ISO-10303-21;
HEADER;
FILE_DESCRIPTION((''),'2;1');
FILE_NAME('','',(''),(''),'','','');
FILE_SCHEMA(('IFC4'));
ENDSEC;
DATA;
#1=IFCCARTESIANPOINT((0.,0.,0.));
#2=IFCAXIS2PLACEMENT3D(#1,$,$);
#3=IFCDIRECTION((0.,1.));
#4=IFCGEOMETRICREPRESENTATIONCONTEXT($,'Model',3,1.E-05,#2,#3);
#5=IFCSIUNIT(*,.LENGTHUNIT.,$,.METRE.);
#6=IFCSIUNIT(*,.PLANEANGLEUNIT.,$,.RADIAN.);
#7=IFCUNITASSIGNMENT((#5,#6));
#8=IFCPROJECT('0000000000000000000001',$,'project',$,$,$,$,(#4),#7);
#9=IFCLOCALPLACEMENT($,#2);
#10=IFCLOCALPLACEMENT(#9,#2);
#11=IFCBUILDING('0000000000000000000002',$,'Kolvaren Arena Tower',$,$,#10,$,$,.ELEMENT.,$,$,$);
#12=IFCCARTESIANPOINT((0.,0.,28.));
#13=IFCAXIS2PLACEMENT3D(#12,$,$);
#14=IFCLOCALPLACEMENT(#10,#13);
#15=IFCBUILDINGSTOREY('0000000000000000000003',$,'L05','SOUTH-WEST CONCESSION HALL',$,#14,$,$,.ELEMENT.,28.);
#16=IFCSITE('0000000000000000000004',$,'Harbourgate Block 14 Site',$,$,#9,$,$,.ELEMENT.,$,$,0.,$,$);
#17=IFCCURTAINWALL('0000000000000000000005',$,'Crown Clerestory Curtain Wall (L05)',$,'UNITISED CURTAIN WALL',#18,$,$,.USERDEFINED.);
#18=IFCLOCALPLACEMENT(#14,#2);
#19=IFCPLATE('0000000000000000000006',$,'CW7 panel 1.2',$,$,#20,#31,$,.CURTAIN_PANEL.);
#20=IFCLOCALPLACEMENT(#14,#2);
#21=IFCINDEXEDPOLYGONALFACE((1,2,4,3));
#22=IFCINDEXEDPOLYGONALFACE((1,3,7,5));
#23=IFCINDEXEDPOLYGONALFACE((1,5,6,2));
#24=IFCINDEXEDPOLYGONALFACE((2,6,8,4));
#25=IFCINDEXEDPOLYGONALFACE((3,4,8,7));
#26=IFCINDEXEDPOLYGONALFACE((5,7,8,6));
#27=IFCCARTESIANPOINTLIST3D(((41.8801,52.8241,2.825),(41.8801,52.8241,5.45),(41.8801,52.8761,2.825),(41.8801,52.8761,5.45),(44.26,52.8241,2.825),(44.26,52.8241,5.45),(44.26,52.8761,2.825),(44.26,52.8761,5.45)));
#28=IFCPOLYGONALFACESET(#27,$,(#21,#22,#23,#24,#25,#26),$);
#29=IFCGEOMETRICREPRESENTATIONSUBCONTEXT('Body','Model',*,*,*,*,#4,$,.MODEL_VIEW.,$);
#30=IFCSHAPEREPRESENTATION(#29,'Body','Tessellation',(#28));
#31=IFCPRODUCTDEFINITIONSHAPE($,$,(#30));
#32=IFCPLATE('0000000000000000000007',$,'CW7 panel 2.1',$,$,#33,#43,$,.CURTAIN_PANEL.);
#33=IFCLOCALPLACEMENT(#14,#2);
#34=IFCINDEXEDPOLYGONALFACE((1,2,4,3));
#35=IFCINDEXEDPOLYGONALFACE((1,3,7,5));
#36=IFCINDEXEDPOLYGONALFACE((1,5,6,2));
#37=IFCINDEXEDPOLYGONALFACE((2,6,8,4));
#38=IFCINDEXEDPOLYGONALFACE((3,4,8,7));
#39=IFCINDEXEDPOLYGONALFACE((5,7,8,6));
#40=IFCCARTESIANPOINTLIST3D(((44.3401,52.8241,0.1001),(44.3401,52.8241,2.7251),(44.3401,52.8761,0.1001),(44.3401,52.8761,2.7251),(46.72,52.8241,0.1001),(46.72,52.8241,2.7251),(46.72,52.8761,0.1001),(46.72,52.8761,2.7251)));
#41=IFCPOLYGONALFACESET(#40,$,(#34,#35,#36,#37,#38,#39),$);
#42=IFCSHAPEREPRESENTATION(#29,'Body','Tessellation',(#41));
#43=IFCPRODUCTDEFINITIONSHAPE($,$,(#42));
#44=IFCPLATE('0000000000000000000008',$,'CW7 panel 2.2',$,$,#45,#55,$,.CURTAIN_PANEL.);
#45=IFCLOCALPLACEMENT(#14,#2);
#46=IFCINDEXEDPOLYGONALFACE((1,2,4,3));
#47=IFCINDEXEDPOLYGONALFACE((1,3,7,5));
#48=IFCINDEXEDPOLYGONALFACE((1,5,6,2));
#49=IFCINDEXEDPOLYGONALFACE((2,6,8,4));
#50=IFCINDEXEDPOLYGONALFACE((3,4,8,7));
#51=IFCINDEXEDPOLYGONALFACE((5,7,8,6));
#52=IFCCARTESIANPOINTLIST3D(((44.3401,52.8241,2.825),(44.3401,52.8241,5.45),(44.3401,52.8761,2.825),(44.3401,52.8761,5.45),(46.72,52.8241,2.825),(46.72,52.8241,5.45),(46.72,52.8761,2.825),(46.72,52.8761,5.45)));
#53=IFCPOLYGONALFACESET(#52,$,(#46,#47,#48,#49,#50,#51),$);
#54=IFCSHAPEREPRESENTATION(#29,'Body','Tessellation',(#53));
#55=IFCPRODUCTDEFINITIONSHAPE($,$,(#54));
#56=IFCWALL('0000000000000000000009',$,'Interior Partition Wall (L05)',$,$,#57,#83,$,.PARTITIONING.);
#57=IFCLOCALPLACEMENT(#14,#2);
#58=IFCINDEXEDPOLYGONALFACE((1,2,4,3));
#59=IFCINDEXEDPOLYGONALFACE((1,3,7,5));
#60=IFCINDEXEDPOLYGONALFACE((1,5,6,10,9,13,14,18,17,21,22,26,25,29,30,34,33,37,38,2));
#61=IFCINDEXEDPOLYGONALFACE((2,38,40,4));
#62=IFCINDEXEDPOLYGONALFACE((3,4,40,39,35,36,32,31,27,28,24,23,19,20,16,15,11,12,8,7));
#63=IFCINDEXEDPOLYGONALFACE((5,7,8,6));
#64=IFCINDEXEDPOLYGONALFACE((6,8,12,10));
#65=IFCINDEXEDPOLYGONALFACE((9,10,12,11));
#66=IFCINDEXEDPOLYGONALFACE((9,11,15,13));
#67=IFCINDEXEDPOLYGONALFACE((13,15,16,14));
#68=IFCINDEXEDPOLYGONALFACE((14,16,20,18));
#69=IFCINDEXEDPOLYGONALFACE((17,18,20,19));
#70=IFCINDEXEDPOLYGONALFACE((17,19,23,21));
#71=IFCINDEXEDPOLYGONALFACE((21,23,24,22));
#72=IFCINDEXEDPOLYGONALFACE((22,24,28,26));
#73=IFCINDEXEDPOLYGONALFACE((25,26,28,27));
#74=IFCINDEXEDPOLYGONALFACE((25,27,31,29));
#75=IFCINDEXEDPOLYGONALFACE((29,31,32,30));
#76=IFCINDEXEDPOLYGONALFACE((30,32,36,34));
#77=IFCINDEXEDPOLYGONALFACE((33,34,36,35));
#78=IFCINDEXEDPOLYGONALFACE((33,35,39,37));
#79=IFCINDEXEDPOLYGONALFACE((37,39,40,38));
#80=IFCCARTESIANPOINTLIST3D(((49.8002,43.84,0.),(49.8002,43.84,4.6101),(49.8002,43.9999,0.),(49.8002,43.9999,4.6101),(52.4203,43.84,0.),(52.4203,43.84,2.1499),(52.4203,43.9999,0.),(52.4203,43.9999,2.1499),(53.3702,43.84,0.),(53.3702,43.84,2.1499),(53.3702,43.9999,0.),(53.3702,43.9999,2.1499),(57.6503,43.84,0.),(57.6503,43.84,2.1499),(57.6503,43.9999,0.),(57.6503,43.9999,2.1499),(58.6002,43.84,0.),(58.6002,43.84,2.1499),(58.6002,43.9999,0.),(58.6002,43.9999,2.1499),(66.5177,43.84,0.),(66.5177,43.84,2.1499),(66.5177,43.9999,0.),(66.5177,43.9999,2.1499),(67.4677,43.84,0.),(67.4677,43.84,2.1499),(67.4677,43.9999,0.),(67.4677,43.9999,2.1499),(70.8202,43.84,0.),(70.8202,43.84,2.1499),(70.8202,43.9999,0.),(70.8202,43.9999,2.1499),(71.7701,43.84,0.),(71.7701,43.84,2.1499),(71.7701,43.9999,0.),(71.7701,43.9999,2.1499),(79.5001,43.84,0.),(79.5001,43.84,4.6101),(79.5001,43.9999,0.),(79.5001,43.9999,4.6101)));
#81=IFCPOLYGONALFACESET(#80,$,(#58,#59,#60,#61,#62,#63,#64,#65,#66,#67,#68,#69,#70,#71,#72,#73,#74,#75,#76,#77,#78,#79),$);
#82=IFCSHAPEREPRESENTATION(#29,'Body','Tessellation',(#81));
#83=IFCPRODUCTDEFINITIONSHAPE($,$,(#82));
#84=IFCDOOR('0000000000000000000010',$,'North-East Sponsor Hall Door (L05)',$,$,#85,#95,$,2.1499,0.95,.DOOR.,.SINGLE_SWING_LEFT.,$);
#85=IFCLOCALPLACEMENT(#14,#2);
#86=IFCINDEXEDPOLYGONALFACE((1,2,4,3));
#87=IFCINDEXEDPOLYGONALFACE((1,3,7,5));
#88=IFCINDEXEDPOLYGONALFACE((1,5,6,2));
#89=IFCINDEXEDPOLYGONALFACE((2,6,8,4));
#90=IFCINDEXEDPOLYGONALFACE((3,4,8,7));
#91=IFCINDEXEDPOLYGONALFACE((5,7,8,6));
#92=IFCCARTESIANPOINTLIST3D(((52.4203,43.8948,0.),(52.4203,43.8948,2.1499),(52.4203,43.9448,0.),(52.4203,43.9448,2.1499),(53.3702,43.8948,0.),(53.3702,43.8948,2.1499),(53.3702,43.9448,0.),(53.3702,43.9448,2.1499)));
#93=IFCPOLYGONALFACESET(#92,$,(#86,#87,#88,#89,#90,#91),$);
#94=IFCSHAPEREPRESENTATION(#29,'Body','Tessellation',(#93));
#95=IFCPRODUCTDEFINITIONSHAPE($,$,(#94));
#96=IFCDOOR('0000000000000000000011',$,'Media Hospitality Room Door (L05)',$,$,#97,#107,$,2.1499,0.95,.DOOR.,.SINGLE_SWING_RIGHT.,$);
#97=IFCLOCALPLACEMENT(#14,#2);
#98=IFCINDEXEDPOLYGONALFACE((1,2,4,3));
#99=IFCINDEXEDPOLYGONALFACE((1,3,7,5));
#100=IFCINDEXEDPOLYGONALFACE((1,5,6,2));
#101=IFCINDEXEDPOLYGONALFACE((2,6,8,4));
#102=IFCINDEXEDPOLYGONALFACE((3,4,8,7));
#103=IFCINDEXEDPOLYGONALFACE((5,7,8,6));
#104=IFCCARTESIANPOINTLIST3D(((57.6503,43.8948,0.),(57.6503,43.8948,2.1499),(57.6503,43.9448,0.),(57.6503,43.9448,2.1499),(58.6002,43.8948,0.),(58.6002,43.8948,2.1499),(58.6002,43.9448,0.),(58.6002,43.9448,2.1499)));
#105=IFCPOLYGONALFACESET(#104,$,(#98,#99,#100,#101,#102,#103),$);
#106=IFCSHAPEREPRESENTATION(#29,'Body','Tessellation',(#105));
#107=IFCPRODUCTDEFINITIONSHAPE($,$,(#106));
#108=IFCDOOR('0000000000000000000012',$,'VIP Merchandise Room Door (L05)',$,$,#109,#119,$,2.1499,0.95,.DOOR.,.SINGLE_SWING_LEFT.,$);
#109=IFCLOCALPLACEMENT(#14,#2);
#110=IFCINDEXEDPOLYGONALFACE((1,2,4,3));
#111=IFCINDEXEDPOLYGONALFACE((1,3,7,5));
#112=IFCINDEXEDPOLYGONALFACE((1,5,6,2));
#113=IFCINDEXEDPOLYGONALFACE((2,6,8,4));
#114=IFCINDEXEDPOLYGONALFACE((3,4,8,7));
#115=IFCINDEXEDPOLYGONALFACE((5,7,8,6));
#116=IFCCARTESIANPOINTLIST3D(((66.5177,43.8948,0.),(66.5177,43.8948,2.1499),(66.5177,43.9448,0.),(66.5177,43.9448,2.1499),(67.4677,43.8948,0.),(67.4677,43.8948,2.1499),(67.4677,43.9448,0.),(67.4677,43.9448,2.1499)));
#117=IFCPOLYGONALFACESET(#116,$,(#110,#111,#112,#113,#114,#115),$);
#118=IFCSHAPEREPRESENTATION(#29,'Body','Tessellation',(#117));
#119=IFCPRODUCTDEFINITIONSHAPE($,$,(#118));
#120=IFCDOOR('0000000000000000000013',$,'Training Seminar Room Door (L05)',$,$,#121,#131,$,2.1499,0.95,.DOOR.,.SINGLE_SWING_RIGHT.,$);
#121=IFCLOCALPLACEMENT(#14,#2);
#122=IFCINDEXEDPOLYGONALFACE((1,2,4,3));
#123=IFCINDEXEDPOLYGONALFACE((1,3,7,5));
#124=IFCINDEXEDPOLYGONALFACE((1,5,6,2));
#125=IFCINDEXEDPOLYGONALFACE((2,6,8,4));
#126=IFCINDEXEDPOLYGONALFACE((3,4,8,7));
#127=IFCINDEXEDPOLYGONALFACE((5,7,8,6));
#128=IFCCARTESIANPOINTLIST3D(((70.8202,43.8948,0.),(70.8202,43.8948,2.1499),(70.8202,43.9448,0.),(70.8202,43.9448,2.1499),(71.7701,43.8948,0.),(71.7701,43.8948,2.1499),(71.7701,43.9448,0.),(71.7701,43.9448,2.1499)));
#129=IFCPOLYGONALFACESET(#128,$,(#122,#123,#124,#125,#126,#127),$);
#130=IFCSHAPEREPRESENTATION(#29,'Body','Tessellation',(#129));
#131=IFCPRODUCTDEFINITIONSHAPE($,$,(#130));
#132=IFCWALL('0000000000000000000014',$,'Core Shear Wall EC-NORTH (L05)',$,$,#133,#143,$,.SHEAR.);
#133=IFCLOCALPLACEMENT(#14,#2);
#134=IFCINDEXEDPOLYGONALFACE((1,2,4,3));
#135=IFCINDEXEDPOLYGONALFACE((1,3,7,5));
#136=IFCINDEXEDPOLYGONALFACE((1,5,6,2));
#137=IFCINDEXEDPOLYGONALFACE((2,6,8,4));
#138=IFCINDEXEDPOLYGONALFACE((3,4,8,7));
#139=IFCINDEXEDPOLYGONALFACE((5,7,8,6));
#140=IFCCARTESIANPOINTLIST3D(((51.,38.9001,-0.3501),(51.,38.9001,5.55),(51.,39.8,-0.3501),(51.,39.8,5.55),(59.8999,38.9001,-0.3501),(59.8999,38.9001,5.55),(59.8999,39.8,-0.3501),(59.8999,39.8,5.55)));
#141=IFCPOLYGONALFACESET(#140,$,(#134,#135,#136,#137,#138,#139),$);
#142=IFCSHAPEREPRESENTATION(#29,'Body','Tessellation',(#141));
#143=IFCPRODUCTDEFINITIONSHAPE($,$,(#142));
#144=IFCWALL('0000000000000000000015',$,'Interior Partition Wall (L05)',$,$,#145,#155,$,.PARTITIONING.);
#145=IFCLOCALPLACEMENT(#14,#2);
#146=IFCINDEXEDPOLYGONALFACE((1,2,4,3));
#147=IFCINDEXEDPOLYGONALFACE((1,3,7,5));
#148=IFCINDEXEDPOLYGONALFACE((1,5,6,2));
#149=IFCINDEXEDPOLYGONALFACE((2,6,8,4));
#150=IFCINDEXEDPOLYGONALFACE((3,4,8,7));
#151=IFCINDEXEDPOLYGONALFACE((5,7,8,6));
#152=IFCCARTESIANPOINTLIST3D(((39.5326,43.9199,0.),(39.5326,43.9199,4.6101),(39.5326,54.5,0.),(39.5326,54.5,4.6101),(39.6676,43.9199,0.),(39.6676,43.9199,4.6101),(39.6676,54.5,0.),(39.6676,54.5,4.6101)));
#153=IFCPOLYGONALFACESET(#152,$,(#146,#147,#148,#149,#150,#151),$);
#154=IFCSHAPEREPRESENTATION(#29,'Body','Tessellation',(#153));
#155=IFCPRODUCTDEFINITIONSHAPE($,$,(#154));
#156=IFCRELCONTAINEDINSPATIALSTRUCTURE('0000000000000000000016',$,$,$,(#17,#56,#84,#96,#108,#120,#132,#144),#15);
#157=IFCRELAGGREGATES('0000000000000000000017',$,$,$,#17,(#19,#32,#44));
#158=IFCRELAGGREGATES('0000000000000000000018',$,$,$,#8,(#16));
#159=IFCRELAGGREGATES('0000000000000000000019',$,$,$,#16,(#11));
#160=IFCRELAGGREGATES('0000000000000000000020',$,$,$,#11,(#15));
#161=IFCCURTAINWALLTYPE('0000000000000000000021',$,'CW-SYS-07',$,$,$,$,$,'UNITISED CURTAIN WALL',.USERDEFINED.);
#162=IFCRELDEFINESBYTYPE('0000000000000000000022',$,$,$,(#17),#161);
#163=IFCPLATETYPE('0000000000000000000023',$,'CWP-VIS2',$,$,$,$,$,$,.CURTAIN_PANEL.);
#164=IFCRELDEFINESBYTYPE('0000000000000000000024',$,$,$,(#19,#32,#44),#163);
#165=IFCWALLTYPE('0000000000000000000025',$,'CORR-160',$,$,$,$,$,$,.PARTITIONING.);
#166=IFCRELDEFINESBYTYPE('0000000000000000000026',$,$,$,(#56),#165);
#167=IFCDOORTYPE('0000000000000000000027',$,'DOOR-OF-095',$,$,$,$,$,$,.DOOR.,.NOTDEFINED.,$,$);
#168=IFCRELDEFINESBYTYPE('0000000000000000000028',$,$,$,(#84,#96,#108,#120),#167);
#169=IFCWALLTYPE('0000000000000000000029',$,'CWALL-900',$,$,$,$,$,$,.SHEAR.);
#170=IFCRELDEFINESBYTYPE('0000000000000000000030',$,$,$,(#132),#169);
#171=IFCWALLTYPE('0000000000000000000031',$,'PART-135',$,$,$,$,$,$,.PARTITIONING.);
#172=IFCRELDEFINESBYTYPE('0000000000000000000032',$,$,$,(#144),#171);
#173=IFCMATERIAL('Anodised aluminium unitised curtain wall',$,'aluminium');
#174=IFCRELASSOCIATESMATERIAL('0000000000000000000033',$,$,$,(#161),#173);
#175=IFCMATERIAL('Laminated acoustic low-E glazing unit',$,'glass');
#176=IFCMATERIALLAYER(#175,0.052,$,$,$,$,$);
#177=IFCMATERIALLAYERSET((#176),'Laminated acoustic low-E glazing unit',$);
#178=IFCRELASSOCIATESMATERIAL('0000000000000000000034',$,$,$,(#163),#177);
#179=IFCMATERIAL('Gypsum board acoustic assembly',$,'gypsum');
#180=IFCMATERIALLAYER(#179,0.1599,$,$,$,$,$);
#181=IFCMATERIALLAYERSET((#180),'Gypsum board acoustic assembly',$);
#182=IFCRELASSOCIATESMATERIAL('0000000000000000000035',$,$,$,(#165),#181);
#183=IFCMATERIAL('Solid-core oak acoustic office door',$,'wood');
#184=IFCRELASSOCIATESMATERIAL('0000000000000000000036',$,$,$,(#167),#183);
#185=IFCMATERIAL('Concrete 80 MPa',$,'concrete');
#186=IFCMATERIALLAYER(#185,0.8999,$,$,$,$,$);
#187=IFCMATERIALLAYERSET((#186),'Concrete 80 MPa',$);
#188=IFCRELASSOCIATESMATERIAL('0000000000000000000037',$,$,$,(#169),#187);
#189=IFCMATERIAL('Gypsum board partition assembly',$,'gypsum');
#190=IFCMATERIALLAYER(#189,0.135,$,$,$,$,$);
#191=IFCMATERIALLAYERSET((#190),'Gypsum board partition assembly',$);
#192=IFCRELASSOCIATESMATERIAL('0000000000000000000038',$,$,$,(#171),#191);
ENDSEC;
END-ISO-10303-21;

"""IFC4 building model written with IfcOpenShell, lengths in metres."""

from ifc_helpers import new_model, si_unit, direction, frame, frame_2d, origin, origin_2d, place, context, subcontext, project, spatial, rectangle, extrude, material, layer, layer_set, type_object, element, fill, aggregate, save


model = new_model("IFC4")

# Units and contexts
model_context = context("Model", 3, precision=1e-05, world=origin(), true_north=direction((0.0, 1.0)))
body_context = subcontext(model_context, "Body", "Model", "MODEL_VIEW")
ifc_project = project(units=[si_unit("LENGTHUNIT", "METRE"), si_unit("PLANEANGLEUNIT", "RADIAN")], contexts=[model_context])

# Site, building, storey
site_placement = place(None, origin())
site = spatial("IfcSite", under=ifc_project, at=site_placement, Name="Harbourgate Block 14 Site", CompositionType="ELEMENT", RefElevation=0.0)
building_placement = place(site_placement, origin())
building = spatial("IfcBuilding", under=site, at=building_placement, Name="Kolvaren Arena Tower", CompositionType="ELEMENT")
storey_placement = place(building_placement, frame((0.0, 0.0, 28.0)))
storey = spatial("IfcBuildingStorey", under=building, at=storey_placement, Name="L05", Description="SOUTH-WEST CONCESSION HALL", CompositionType="ELEMENT", Elevation=28.0)

# Curtain wall
ifc_material_1 = material(Name="Anodised aluminium unitised curtain wall", Category="aluminium")
curtain_wall_type = type_object("IfcCurtainWallType", Name="CW-SYS-07", ElementType="UNITISED CURTAIN WALL", PredefinedType="USERDEFINED", material=ifc_material_1)
curtain_wall_placement = place(storey_placement, origin())
curtain_wall = element("IfcCurtainWall", 1, at=curtain_wall_placement, inside=storey, type_object=curtain_wall_type, Name="Crown Clerestory Curtain Wall (L05)", ObjectType="UNITISED CURTAIN WALL", PredefinedType="USERDEFINED")

# Plates
ifc_material_2 = material(Name="Laminated acoustic low-E glazing unit", Category="glass")
ifc_layer_1 = layer(ifc_material_2, 0.052)
ifc_layer_set_1 = layer_set([ifc_layer_1], Name="Laminated acoustic low-E glazing unit")
plate_type = type_object("IfcPlateType", Name="CWP-VIS2", PredefinedType="CURTAIN_PANEL", material=ifc_layer_set_1)
plate_1_placement = place(storey_placement, frame((43.0701, 52.8501, 2.825), z_axis=(0.0, 0.0, 1.0), x_axis=(1.0, 0.0, 0.0)))
plate_1 = element("IfcPlate", 2, at=plate_1_placement, type_object=plate_type, Name="CW7 panel 1.2", PredefinedType="CURTAIN_PANEL", context=body_context, shape_type="SweptSolid", body=[
    extrude(rectangle(XDim=2.3799, YDim=0.052, at=origin_2d()), origin(), (0.0, 0.0, 1.0), 2.625),
])
plate_2_placement = place(storey_placement, frame((45.53, 52.8501, 0.1001), z_axis=(0.0, 0.0, 1.0), x_axis=(1.0, 0.0, 0.0)))
plate_2 = element("IfcPlate", 3, at=plate_2_placement, type_object=plate_type, Name="CW7 panel 2.1", PredefinedType="CURTAIN_PANEL", context=body_context, shape_type="SweptSolid", body=[
    extrude(rectangle(XDim=2.3799, YDim=0.052, at=origin_2d()), origin(), (0.0, 0.0, 1.0), 2.625),
])
plate_3_placement = place(storey_placement, frame((45.53, 52.8501, 2.825), z_axis=(0.0, 0.0, 1.0), x_axis=(1.0, 0.0, 0.0)))
plate_3 = element("IfcPlate", 4, at=plate_3_placement, type_object=plate_type, Name="CW7 panel 2.2", PredefinedType="CURTAIN_PANEL", context=body_context, shape_type="SweptSolid", body=[
    extrude(rectangle(XDim=2.3799, YDim=0.052, at=origin_2d()), origin(), (0.0, 0.0, 1.0), 2.625),
])
aggregate(curtain_wall, [plate_1, plate_2, plate_3])

# Wall, openings, doors
ifc_material_3 = material(Name="Gypsum board acoustic assembly", Category="gypsum")
ifc_layer_2 = layer(ifc_material_3, 0.1599)
ifc_layer_set_2 = layer_set([ifc_layer_2], Name="Gypsum board acoustic assembly")
wall_type_1 = type_object("IfcWallType", Name="CORR-160", PredefinedType="PARTITIONING", material=ifc_layer_set_2)
wall_1_placement = place(storey_placement, frame((49.8, 43.9199, 0.0), z_axis=(0.0, 0.0, 1.0), x_axis=(1.0, 0.0, 0.0)))
wall_1 = element("IfcWall", 5, at=wall_1_placement, inside=storey, type_object=wall_type_1, Name="Interior Partition Wall (L05)", PredefinedType="PARTITIONING", context=body_context, shape_type="SweptSolid", body=[
    extrude(rectangle(XDim=29.7, YDim=0.1599, at=frame_2d((14.8501, 0.0))), origin(), (0.0, 0.0, 1.0), 4.6101),
])
opening_1_placement = place(wall_1_placement, frame((2.6201, 0.0, 0.0)))
opening_1 = element("IfcOpeningElement", 6, at=opening_1_placement, cuts=wall_1, PredefinedType="OPENING", context=body_context, shape_type="SweptSolid", body=[
    extrude(rectangle(XDim=0.95, YDim=2.1499, at=frame_2d((0.4751, 1.075))), frame((0.0, 0.0898, 0.0), z_axis=(0.0, -1.0, 0.0), x_axis=(1.0, 0.0, 0.0)), (0.0, 0.0, 1.0), 0.1799),
])
opening_2_placement = place(wall_1_placement, frame((7.8501, 0.0, 0.0)))
opening_2 = element("IfcOpeningElement", 7, at=opening_2_placement, cuts=wall_1, PredefinedType="OPENING", context=body_context, shape_type="SweptSolid", body=[
    extrude(rectangle(XDim=0.95, YDim=2.1499, at=frame_2d((0.4751, 1.075))), frame((0.0, 0.0898, 0.0), z_axis=(0.0, -1.0, 0.0), x_axis=(1.0, 0.0, 0.0)), (0.0, 0.0, 1.0), 0.1799),
])
opening_3_placement = place(wall_1_placement, frame((16.7175, 0.0, 0.0)))
opening_3 = element("IfcOpeningElement", 8, at=opening_3_placement, cuts=wall_1, PredefinedType="OPENING", context=body_context, shape_type="SweptSolid", body=[
    extrude(rectangle(XDim=0.95, YDim=2.1499, at=frame_2d((0.4751, 1.075))), frame((0.0, 0.0898, 0.0), z_axis=(0.0, -1.0, 0.0), x_axis=(1.0, 0.0, 0.0)), (0.0, 0.0, 1.0), 0.1799),
])
opening_4_placement = place(wall_1_placement, frame((21.02, 0.0, 0.0)))
opening_4 = element("IfcOpeningElement", 9, at=opening_4_placement, cuts=wall_1, PredefinedType="OPENING", context=body_context, shape_type="SweptSolid", body=[
    extrude(rectangle(XDim=0.95, YDim=2.1499, at=frame_2d((0.4751, 1.075))), frame((0.0, 0.0898, 0.0), z_axis=(0.0, -1.0, 0.0), x_axis=(1.0, 0.0, 0.0)), (0.0, 0.0, 1.0), 0.1799),
])
ifc_material_4 = material(Name="Solid-core oak acoustic office door", Category="wood")
door_type_1 = type_object("IfcDoorType", Name="DOOR-OF-095", OperationType="NOTDEFINED", PredefinedType="DOOR", material=ifc_material_4)
door_1_placement = place(opening_1_placement, origin())
door_1 = element("IfcDoor", 10, at=door_1_placement, inside=storey, type_object=door_type_1, Name="North-East Sponsor Hall Door (L05)", OperationType="SINGLE_SWING_LEFT", OverallHeight=2.1499, OverallWidth=0.95, PredefinedType="DOOR", context=body_context, shape_type="SweptSolid", body=[
    extrude(rectangle(XDim=0.95, YDim=2.1499, at=frame_2d((0.4751, 1.075))), frame((0.0, 0.0249, 0.0), z_axis=(0.0, -1.0, 0.0), x_axis=(1.0, 0.0, 0.0)), (0.0, 0.0, 1.0), 0.05),
])
fill(opening_1, door_1)
door_2_placement = place(opening_2_placement, origin())
door_2 = element("IfcDoor", 11, at=door_2_placement, inside=storey, type_object=door_type_1, Name="Media Hospitality Room Door (L05)", OperationType="SINGLE_SWING_RIGHT", OverallHeight=2.1499, OverallWidth=0.95, PredefinedType="DOOR", context=body_context, shape_type="SweptSolid", body=[
    extrude(rectangle(XDim=0.95, YDim=2.1499, at=frame_2d((0.4751, 1.075))), frame((0.0, 0.0249, 0.0), z_axis=(0.0, -1.0, 0.0), x_axis=(1.0, 0.0, 0.0)), (0.0, 0.0, 1.0), 0.05),
])
fill(opening_2, door_2)
door_3_placement = place(opening_3_placement, origin())
door_3 = element("IfcDoor", 12, at=door_3_placement, inside=storey, type_object=door_type_1, Name="VIP Merchandise Room Door (L05)", OperationType="SINGLE_SWING_LEFT", OverallHeight=2.1499, OverallWidth=0.95, PredefinedType="DOOR", context=body_context, shape_type="SweptSolid", body=[
    extrude(rectangle(XDim=0.95, YDim=2.1499, at=frame_2d((0.4751, 1.075))), frame((0.0, 0.0249, 0.0), z_axis=(0.0, -1.0, 0.0), x_axis=(1.0, 0.0, 0.0)), (0.0, 0.0, 1.0), 0.05),
])
fill(opening_3, door_3)
door_4_placement = place(opening_4_placement, origin())
door_4 = element("IfcDoor", 13, at=door_4_placement, inside=storey, type_object=door_type_1, Name="Training Seminar Room Door (L05)", OperationType="SINGLE_SWING_RIGHT", OverallHeight=2.1499, OverallWidth=0.95, PredefinedType="DOOR", context=body_context, shape_type="SweptSolid", body=[
    extrude(rectangle(XDim=0.95, YDim=2.1499, at=frame_2d((0.4751, 1.075))), frame((0.0, 0.0249, 0.0), z_axis=(0.0, -1.0, 0.0), x_axis=(1.0, 0.0, 0.0)), (0.0, 0.0, 1.0), 0.05),
])
fill(opening_4, door_4)

# Walls
ifc_material_5 = material(Name="Concrete 80 MPa", Category="concrete")
ifc_layer_3 = layer(ifc_material_5, 0.8999)
ifc_layer_set_3 = layer_set([ifc_layer_3], Name="Concrete 80 MPa")
wall_type_2 = type_object("IfcWallType", Name="CWALL-900", PredefinedType="SHEAR", material=ifc_layer_set_3)
wall_2_placement = place(storey_placement, frame((51.0, 39.3501, -0.3501), z_axis=(0.0, 0.0, 1.0), x_axis=(1.0, 0.0, 0.0)))
element("IfcWall", 14, at=wall_2_placement, inside=storey, type_object=wall_type_2, Name="Core Shear Wall EC-NORTH (L05)", PredefinedType="SHEAR", context=body_context, shape_type="SweptSolid", body=[
    extrude(rectangle(XDim=8.8999, YDim=0.8999, at=frame_2d((4.45, 0.0))), origin(), (0.0, 0.0, 1.0), 5.9001),
])
ifc_material_6 = material(Name="Gypsum board partition assembly", Category="gypsum")
ifc_layer_4 = layer(ifc_material_6, 0.135)
ifc_layer_set_4 = layer_set([ifc_layer_4], Name="Gypsum board partition assembly")
wall_type_3 = type_object("IfcWallType", Name="PART-135", PredefinedType="PARTITIONING", material=ifc_layer_set_4)
wall_3_placement = place(storey_placement, frame((39.6001, 43.9199, 0.0), z_axis=(0.0, 0.0, 1.0), x_axis=(0.0, 1.0, 0.0)))
element("IfcWall", 15, at=wall_3_placement, inside=storey, type_object=wall_type_3, Name="Interior Partition Wall (L05)", PredefinedType="PARTITIONING", context=body_context, shape_type="SweptSolid", body=[
    extrude(rectangle(XDim=10.5801, YDim=0.135, at=frame_2d((5.29, 0.0))), origin(), (0.0, 0.0, 1.0), 4.6101),
])

save(model, "model.ifc")
